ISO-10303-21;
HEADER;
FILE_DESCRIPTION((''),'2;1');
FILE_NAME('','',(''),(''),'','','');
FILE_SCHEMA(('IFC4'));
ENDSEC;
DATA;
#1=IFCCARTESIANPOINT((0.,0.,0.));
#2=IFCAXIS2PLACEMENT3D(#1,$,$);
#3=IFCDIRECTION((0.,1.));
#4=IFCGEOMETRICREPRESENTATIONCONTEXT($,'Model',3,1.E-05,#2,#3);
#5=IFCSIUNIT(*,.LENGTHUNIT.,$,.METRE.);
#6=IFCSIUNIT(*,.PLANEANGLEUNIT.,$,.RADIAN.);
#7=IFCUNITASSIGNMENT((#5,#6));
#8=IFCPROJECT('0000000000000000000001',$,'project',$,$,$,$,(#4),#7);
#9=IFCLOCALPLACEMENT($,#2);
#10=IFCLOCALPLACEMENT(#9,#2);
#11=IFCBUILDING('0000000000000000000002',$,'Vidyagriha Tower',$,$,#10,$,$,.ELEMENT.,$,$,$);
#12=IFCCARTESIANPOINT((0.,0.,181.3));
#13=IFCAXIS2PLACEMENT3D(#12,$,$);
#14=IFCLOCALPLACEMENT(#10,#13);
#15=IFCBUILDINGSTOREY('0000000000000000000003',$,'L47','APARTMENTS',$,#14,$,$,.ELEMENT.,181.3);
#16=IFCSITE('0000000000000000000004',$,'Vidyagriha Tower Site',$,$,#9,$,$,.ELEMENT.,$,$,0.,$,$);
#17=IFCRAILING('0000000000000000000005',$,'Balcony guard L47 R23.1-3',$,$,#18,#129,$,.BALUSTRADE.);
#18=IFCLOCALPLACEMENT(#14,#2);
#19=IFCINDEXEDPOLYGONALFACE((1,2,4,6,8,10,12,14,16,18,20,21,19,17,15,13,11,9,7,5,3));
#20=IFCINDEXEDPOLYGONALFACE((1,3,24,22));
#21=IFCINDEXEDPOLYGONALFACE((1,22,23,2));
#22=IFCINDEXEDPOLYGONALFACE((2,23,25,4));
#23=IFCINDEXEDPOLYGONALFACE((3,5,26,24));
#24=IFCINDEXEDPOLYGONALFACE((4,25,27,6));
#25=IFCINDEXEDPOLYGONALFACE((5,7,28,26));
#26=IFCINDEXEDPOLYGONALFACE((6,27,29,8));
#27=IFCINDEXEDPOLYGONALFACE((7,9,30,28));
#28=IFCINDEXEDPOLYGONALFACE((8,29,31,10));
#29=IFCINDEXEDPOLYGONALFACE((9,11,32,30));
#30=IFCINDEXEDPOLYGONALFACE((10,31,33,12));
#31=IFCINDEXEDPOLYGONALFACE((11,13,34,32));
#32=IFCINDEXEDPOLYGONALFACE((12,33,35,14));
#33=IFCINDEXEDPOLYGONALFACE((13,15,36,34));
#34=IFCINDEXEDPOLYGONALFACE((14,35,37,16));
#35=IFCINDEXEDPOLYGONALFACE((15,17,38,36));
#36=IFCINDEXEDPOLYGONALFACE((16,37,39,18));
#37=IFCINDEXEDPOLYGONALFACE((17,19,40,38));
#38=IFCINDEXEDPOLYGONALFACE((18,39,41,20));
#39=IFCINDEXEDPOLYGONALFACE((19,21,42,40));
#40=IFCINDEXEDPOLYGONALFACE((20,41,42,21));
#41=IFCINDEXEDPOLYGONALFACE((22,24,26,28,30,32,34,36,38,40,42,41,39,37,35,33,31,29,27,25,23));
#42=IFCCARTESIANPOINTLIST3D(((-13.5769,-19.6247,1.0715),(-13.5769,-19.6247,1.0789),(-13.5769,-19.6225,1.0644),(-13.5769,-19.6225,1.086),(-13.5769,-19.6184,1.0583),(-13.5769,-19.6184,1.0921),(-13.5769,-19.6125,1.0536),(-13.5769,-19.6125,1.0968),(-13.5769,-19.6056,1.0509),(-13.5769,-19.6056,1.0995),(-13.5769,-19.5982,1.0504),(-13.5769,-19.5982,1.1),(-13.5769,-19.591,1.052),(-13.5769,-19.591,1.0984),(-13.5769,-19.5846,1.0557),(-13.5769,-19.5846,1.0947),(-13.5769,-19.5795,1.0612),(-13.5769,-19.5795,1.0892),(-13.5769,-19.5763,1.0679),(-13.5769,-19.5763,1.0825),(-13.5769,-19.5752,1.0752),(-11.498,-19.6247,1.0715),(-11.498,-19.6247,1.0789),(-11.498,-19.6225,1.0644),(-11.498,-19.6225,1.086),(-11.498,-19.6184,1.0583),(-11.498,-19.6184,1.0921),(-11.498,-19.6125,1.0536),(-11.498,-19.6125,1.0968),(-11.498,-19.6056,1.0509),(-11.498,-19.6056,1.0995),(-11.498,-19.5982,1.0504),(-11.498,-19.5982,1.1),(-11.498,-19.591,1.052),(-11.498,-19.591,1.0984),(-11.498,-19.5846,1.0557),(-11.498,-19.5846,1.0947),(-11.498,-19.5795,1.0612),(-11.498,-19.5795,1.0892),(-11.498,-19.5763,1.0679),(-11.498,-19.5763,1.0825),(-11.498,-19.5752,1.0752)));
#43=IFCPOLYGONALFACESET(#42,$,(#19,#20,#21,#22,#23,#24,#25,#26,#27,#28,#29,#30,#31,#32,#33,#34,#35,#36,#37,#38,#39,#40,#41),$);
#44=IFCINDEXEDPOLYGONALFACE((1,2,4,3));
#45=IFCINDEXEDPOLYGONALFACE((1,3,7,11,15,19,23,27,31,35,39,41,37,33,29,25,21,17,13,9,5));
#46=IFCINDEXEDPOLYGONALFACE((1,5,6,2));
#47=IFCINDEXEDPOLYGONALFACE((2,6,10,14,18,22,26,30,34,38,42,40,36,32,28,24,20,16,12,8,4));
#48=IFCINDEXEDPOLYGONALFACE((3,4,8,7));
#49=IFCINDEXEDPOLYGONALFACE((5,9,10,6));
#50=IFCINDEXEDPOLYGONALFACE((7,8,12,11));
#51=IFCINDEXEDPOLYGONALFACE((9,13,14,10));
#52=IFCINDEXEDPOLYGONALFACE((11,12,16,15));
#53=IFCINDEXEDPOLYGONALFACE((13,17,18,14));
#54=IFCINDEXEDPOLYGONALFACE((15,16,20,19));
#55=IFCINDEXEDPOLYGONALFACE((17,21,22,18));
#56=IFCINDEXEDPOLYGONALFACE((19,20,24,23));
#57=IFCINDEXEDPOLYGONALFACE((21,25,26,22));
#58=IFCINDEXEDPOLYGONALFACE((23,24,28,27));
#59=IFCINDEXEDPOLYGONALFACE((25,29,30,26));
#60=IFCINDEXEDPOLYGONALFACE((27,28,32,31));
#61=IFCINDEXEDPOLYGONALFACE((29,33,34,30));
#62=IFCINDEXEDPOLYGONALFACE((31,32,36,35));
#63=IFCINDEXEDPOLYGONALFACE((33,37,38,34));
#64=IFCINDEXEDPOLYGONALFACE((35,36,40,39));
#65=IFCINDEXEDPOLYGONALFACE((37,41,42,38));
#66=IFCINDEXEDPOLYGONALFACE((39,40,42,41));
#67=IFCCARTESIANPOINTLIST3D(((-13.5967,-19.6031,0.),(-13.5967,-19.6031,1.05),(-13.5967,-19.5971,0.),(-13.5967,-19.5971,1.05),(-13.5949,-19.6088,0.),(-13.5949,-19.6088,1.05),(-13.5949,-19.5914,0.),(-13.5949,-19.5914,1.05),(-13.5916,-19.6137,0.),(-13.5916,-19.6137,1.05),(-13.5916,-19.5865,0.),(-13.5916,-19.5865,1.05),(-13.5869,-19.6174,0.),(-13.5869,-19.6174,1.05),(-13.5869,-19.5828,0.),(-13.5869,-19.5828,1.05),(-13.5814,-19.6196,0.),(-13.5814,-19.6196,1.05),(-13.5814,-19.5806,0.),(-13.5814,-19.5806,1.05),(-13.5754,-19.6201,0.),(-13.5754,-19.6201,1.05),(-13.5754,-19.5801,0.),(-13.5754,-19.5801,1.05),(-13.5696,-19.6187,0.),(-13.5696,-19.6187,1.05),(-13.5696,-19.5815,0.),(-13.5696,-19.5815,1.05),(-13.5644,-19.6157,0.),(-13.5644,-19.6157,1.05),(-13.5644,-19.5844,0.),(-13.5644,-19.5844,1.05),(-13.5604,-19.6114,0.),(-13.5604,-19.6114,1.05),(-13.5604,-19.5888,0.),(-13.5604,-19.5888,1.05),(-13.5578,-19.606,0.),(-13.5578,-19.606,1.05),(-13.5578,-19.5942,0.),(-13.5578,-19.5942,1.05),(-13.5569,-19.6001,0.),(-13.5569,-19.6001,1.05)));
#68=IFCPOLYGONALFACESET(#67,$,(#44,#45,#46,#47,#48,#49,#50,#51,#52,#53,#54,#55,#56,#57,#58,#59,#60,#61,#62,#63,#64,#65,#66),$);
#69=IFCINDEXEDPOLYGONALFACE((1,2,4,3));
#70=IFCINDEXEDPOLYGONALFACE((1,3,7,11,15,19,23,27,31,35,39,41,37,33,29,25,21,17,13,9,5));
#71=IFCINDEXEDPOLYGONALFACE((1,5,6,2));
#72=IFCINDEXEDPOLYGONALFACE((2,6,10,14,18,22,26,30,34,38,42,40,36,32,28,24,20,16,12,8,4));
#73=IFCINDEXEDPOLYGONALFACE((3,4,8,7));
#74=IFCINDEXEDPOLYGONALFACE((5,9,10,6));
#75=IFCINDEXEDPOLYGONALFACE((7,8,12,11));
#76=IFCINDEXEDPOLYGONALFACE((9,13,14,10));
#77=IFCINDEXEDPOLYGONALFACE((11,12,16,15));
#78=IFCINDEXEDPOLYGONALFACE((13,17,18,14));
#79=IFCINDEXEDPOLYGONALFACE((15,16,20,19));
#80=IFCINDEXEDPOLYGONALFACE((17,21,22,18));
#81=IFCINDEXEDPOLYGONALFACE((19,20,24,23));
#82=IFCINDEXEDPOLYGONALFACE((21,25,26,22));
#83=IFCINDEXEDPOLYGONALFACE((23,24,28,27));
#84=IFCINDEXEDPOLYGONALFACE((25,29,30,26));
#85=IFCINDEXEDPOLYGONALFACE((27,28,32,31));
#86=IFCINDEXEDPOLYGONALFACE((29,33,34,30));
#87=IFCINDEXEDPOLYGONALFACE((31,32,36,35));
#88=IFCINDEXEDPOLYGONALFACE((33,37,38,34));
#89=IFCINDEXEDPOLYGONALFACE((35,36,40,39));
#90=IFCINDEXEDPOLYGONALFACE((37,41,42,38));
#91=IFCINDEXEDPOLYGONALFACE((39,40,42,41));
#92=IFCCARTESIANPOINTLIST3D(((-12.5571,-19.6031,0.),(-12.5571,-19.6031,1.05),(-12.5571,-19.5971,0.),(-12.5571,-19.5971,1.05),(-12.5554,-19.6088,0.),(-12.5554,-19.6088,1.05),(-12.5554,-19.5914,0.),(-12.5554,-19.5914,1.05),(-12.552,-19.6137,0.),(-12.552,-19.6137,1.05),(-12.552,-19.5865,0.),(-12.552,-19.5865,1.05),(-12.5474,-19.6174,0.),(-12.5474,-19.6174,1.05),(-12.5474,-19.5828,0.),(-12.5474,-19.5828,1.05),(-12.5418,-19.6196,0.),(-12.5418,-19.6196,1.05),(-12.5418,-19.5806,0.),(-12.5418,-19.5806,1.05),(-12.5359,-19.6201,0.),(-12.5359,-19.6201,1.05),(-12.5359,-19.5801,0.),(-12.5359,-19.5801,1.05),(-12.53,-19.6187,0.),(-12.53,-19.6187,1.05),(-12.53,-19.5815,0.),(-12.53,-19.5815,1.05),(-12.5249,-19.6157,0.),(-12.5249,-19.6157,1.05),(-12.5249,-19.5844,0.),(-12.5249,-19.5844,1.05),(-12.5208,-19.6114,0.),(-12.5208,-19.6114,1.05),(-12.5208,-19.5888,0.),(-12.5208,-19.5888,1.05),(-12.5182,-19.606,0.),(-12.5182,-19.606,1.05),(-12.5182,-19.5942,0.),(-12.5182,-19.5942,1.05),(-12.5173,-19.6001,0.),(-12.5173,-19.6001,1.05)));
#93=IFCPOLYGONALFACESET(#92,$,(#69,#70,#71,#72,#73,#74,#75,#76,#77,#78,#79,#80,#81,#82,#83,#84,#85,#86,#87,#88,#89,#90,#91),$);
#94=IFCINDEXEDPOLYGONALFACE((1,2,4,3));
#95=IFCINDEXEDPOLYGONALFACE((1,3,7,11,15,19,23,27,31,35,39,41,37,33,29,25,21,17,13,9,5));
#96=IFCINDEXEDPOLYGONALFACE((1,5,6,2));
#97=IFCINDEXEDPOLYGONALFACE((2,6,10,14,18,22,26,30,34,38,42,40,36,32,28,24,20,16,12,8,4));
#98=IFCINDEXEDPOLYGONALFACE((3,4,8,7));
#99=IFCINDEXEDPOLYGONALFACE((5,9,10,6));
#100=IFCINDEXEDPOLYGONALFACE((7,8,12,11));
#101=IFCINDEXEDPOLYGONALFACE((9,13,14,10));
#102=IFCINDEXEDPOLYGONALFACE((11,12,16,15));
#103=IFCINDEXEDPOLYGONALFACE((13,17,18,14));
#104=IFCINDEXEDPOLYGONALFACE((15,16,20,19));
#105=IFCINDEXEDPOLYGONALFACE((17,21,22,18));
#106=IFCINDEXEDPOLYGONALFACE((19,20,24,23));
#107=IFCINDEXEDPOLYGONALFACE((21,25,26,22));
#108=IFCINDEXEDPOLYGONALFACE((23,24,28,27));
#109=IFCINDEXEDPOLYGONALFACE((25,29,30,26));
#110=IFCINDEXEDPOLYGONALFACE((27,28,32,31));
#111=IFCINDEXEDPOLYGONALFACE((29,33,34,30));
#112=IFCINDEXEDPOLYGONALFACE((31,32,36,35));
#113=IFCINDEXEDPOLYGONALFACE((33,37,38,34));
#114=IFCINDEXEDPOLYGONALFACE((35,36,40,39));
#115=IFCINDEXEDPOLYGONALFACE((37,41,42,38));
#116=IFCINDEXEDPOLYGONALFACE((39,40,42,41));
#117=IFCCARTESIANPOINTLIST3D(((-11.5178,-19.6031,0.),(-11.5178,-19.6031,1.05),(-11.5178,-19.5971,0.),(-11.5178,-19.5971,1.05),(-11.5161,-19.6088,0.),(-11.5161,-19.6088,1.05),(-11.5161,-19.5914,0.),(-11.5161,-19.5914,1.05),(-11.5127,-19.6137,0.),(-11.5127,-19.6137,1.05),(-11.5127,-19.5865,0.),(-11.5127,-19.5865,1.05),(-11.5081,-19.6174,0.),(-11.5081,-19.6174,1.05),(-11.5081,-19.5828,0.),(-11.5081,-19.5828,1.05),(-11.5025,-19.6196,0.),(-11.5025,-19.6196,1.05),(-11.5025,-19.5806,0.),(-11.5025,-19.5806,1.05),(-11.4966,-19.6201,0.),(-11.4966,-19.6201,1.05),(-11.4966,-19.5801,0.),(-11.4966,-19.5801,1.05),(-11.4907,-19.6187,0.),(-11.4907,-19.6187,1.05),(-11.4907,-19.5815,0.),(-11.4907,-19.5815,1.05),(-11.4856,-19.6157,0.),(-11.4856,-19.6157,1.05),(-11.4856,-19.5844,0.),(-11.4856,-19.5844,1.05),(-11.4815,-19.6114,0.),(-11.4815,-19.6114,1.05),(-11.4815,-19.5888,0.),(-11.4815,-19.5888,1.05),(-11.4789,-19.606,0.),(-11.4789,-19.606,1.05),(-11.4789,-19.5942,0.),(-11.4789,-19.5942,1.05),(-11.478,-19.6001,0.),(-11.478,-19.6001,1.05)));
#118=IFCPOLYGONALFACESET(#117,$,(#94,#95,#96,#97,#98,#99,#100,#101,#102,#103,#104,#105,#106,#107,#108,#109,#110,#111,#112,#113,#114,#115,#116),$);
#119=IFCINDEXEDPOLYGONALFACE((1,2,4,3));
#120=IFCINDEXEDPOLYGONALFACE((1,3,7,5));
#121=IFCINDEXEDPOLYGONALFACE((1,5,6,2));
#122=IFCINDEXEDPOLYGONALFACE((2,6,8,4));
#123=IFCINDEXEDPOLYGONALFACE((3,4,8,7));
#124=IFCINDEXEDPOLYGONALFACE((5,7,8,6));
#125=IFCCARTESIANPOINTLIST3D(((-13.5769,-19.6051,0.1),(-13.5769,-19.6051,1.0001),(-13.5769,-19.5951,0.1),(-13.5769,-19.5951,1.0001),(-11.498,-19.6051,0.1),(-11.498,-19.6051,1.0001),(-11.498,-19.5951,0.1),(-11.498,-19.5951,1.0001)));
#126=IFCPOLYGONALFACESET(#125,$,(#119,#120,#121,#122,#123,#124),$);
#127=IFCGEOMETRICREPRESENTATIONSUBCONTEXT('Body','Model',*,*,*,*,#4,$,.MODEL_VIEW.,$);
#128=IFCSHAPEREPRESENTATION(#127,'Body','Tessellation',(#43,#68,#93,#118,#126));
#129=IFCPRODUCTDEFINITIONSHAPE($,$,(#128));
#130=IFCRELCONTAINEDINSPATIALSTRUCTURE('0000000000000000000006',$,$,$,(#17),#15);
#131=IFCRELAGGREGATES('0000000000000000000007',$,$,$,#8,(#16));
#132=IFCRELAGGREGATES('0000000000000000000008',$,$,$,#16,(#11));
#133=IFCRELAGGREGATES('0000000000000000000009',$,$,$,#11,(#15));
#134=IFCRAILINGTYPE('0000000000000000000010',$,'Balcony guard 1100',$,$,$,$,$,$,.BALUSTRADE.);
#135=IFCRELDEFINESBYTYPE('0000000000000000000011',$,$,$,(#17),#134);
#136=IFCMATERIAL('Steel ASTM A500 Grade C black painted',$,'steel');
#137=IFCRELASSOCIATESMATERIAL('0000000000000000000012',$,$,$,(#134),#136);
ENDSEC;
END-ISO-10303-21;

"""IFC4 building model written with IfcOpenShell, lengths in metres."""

from ifc_helpers import new_model, si_unit, direction, frame, origin, origin_2d, place, context, subcontext, project, spatial, rectangle, circle, extrude, material, type_object, element, save


model = new_model("IFC4")

# Units and contexts
model_context = context("Model", 3, precision=1e-05, world=origin(), true_north=direction((0.0, 1.0)))
body_context = subcontext(model_context, "Body", "Model", "MODEL_VIEW")
ifc_project = project(units=[si_unit("LENGTHUNIT", "METRE"), si_unit("PLANEANGLEUNIT", "RADIAN")], contexts=[model_context])

# Site, building, storey
site_placement = place(None, origin())
site = spatial("IfcSite", under=ifc_project, at=site_placement, Name="Vidyagriha Tower Site", CompositionType="ELEMENT", RefElevation=0.0)
building_placement = place(site_placement, origin())
building = spatial("IfcBuilding", under=site, at=building_placement, Name="Vidyagriha Tower", CompositionType="ELEMENT")
storey_placement = place(building_placement, frame((0.0, 0.0, 181.3)))
storey = spatial("IfcBuildingStorey", under=building, at=storey_placement, Name="L47", Description="APARTMENTS", CompositionType="ELEMENT", Elevation=181.3)

# Railing
ifc_material_1 = material(Name="Steel ASTM A500 Grade C black painted", Category="steel")
railing_type = type_object("IfcRailingType", Name="Balcony guard 1100", PredefinedType="BALUSTRADE", material=ifc_material_1)
railing_1_placement = place(storey_placement, frame((-13.5769, -19.6001, 0.0)))
element("IfcRailing", 1, at=railing_1_placement, inside=storey, type_object=railing_type, Name="Balcony guard L47 R23.1-3", PredefinedType="BALUSTRADE", context=body_context, shape_type="SweptSolid", body=[
    extrude(circle(Radius=0.0249, at=origin_2d()), frame((0.0, 0.0, 1.0752), z_axis=(1.0, 0.0, 0.0), x_axis=(0.0, 1.0, 0.0)), (0.0, 0.0, 1.0), 2.0789),
    extrude(circle(Radius=0.02, at=origin_2d()), origin(), (0.0, 0.0, 1.0), 1.05),
    extrude(circle(Radius=0.02, at=origin_2d()), frame((1.0396, 0.0, 0.0)), (0.0, 0.0, 1.0), 1.05),
    extrude(circle(Radius=0.02, at=origin_2d()), frame((2.0789, 0.0, 0.0)), (0.0, 0.0, 1.0), 1.05),
    extrude(rectangle(XDim=0.01, YDim=0.9001, at=origin_2d()), frame((0.0, 0.0, 0.55), z_axis=(1.0, 0.0, 0.0), x_axis=(0.0, 1.0, 0.0)), (0.0, 0.0, 1.0), 2.0789),
])

save(model, "model.ifc")
